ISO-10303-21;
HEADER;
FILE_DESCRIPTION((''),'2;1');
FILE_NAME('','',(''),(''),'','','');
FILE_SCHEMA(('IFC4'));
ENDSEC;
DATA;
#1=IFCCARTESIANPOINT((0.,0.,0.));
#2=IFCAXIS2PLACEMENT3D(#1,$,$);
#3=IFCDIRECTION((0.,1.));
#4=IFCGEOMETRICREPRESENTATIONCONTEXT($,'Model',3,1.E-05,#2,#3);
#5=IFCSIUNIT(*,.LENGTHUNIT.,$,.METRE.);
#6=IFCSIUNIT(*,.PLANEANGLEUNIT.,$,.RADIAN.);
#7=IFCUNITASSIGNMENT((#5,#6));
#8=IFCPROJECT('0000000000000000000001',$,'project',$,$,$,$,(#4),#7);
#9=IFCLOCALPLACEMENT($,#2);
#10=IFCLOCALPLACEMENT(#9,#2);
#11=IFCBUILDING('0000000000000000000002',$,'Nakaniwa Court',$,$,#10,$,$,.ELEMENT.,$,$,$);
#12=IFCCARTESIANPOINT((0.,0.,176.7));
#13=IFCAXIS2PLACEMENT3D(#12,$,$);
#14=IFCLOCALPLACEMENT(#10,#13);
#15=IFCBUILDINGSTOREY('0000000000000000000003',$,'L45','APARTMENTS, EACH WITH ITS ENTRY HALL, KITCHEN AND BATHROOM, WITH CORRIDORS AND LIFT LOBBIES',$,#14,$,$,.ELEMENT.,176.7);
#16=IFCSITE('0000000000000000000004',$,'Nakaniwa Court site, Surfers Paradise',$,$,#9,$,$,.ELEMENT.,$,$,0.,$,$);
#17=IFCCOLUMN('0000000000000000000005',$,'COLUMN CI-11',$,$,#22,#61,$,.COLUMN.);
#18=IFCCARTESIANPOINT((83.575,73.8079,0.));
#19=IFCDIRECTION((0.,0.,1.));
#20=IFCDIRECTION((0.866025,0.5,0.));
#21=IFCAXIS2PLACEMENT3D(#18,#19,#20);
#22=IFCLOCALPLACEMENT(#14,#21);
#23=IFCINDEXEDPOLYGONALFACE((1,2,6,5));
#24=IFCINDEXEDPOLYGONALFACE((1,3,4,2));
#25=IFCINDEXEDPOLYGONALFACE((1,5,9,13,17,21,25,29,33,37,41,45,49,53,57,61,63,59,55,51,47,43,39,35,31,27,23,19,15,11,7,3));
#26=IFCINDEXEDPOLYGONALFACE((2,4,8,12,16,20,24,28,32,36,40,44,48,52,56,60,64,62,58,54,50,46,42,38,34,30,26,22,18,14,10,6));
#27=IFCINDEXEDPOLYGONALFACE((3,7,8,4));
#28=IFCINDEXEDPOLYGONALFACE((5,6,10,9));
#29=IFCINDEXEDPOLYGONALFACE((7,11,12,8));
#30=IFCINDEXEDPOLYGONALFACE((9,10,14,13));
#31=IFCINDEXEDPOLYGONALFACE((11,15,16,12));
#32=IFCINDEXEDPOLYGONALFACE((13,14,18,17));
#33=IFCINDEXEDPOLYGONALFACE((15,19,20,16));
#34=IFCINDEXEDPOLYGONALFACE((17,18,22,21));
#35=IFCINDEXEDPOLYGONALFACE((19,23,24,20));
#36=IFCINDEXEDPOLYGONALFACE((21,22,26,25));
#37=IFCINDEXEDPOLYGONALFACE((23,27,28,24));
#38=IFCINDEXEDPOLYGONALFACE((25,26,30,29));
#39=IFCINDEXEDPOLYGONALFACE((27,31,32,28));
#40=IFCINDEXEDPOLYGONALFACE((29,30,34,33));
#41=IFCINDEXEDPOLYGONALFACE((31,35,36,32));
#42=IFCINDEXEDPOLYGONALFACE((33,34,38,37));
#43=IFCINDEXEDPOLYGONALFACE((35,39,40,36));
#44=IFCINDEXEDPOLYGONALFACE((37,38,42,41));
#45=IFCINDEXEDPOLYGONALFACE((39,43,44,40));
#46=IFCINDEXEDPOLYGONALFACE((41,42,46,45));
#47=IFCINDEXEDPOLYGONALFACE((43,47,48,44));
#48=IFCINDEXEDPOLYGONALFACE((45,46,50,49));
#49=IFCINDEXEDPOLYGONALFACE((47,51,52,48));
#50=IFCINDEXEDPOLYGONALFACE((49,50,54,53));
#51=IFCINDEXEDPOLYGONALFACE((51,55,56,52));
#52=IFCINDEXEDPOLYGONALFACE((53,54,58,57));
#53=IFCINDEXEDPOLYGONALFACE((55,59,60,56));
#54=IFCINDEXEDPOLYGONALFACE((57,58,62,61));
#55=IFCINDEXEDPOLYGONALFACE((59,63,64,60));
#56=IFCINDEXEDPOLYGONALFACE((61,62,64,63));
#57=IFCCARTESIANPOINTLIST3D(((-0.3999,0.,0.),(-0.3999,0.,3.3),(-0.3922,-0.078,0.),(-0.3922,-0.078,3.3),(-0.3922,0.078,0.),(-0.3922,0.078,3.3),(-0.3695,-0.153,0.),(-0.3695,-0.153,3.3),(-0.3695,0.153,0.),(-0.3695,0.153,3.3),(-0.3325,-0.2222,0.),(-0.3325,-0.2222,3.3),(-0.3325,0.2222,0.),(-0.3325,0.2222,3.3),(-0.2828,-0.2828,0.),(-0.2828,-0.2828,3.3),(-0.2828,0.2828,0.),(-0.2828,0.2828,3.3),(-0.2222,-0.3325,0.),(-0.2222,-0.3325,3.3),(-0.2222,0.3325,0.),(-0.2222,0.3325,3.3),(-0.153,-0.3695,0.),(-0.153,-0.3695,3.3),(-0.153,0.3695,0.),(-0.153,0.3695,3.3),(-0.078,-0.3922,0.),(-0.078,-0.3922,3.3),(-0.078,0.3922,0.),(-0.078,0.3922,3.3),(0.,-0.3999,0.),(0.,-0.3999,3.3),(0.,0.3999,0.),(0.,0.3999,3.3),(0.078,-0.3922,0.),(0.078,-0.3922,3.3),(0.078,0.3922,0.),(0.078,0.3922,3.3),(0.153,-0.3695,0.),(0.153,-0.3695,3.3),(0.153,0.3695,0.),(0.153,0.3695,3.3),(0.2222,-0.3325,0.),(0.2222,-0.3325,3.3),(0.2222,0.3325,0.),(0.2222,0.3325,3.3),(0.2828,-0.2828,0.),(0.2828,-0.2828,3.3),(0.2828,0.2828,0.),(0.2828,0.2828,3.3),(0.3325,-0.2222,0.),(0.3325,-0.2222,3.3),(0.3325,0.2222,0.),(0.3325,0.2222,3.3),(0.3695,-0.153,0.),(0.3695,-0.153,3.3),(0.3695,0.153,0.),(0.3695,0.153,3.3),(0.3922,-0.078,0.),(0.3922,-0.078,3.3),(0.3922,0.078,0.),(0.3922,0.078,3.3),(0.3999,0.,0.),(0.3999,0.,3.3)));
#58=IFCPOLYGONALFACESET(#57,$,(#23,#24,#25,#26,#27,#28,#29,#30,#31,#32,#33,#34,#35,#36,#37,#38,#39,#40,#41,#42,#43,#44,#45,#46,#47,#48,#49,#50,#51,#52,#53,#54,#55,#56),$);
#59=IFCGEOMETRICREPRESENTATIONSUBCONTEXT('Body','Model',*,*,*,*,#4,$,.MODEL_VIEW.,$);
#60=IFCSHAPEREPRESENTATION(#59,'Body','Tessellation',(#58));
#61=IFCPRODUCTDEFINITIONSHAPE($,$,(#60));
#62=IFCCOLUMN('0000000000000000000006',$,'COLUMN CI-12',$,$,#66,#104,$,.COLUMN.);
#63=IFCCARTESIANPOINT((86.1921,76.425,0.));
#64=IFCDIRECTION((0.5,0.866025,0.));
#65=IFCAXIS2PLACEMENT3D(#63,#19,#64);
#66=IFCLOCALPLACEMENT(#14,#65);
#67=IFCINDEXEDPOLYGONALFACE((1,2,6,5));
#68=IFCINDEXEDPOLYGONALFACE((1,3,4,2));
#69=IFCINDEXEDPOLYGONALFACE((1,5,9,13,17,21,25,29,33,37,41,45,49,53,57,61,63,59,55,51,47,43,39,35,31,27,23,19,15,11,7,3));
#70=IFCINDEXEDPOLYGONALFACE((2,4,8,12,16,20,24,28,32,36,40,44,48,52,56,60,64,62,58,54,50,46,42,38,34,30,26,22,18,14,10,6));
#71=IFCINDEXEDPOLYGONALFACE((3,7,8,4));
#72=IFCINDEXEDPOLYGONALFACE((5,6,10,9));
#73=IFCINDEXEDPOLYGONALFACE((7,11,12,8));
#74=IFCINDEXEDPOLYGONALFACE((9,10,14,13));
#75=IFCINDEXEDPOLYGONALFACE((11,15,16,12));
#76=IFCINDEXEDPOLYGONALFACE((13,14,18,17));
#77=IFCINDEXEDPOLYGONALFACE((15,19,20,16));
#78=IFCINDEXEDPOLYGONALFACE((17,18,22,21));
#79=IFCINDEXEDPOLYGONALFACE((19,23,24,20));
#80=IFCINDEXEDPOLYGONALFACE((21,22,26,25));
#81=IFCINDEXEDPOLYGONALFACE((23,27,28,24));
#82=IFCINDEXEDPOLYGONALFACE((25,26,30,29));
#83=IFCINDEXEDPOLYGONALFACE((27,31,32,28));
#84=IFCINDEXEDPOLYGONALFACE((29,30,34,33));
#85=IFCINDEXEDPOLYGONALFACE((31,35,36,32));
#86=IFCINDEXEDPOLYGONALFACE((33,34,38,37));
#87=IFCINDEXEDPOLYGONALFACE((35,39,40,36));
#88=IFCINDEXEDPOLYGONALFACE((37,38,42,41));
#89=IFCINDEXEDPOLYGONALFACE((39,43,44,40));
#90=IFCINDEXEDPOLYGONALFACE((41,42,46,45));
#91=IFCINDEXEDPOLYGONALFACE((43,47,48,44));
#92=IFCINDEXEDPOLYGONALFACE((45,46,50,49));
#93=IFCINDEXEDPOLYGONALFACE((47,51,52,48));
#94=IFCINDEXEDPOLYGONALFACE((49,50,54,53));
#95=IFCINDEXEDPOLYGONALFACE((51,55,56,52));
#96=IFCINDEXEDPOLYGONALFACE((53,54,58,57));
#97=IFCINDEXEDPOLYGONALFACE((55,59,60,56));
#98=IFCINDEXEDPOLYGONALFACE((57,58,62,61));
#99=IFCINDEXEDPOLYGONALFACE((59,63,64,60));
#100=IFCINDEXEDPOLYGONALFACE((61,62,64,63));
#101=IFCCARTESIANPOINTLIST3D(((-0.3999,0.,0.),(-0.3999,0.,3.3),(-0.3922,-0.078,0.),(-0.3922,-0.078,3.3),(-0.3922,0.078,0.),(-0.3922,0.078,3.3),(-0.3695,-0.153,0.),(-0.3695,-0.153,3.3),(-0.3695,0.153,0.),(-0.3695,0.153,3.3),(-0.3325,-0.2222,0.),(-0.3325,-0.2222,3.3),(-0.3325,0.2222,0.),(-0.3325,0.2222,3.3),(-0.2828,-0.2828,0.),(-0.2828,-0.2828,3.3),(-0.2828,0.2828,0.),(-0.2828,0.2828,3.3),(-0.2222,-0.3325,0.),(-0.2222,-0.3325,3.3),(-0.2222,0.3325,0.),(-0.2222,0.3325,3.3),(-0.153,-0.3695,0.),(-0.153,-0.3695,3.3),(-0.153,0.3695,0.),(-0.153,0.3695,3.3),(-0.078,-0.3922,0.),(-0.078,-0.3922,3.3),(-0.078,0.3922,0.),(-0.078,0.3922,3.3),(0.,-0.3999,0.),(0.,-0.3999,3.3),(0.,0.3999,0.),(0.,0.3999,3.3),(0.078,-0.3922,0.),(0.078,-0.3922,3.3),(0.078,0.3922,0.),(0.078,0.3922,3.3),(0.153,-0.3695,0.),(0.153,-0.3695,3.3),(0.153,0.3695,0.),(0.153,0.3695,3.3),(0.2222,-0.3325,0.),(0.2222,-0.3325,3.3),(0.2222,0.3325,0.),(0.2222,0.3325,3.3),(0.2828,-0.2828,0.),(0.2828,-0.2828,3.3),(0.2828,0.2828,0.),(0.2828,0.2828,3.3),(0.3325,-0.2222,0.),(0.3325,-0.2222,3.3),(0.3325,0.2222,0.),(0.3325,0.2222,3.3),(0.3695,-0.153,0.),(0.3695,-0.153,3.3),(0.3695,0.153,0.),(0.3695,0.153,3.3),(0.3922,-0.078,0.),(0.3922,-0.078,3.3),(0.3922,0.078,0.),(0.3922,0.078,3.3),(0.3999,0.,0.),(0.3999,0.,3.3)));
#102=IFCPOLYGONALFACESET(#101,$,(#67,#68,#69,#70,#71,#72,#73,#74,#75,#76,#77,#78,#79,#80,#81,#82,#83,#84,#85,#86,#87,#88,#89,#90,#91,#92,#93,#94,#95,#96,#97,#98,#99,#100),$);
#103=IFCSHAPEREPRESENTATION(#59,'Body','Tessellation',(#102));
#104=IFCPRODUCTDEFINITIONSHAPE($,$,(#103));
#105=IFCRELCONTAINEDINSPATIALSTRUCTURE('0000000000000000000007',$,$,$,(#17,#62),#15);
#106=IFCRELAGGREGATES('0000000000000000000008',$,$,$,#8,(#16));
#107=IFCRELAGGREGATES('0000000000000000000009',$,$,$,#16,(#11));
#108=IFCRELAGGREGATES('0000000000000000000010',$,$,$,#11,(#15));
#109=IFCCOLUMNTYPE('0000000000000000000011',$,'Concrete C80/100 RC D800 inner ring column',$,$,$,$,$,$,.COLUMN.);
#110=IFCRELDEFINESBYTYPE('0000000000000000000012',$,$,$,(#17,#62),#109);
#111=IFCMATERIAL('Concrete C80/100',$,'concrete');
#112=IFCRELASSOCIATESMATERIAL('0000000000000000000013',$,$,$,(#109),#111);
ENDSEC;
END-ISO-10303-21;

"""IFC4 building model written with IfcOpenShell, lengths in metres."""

from ifc_helpers import new_model, si_unit, direction, frame, origin, origin_2d, place, context, subcontext, project, spatial, circle, extrude, material, material_profile, profile_set, type_object, element, save


model = new_model("IFC4")

# Units and contexts
model_context = context("Model", 3, precision=1e-05, world=origin(), true_north=direction((0.0, 1.0)))
body_context = subcontext(model_context, "Body", "Model", "MODEL_VIEW")
ifc_project = project(units=[si_unit("LENGTHUNIT", "METRE"), si_unit("PLANEANGLEUNIT", "RADIAN")], contexts=[model_context])

# Site, building, storey
site_placement = place(None, origin())
site = spatial("IfcSite", under=ifc_project, at=site_placement, Name="Nakaniwa Court site, Surfers Paradise", CompositionType="ELEMENT", RefElevation=0.0)
building_placement = place(site_placement, origin())
building = spatial("IfcBuilding", under=site, at=building_placement, Name="Nakaniwa Court", CompositionType="ELEMENT")
storey_placement = place(building_placement, frame((0.0, 0.0, 176.7)))
storey = spatial("IfcBuildingStorey", under=building, at=storey_placement, Name="L45", Description="APARTMENTS, EACH WITH ITS ENTRY HALL, KITCHEN AND BATHROOM, WITH CORRIDORS AND LIFT LOBBIES", CompositionType="ELEMENT", Elevation=176.7)

# Columns
ifc_material_1 = material(Name="Concrete C80/100", Category="concrete")
ifc_material_profile_1 = material_profile(ifc_material_1, circle(Radius=0.3999, at=origin_2d()), Name="Concrete C80/100 RC D800 inner ring column")
ifc_profile_set_1 = profile_set([ifc_material_profile_1], Name="Concrete C80/100")
column_type = type_object("IfcColumnType", Name="Concrete C80/100 RC D800 inner ring column", PredefinedType="COLUMN", material=ifc_profile_set_1)
for number, where, z_axis, x_axis, name in (
    (1, (83.575, 73.8079, 0.0), (0.0, 0.0, 1.0), (0.866025, 0.5, 0.0), "COLUMN CI-11"),
    (2, (86.1921, 76.425, 0.0), (0.0, 0.0, 1.0), (0.5, 0.866025, 0.0), "COLUMN CI-12"),
):
    element("IfcColumn", number, at=place(storey_placement, frame(where, z_axis=z_axis, x_axis=x_axis)), inside=storey, type_object=column_type, Name=name, PredefinedType="COLUMN", context=body_context, shape_type="SweptSolid", body=[
        extrude(circle(Radius=0.3999, at=origin_2d()), origin(), (0.0, 0.0, 1.0), 3.3),
    ])

save(model, "model.ifc")
